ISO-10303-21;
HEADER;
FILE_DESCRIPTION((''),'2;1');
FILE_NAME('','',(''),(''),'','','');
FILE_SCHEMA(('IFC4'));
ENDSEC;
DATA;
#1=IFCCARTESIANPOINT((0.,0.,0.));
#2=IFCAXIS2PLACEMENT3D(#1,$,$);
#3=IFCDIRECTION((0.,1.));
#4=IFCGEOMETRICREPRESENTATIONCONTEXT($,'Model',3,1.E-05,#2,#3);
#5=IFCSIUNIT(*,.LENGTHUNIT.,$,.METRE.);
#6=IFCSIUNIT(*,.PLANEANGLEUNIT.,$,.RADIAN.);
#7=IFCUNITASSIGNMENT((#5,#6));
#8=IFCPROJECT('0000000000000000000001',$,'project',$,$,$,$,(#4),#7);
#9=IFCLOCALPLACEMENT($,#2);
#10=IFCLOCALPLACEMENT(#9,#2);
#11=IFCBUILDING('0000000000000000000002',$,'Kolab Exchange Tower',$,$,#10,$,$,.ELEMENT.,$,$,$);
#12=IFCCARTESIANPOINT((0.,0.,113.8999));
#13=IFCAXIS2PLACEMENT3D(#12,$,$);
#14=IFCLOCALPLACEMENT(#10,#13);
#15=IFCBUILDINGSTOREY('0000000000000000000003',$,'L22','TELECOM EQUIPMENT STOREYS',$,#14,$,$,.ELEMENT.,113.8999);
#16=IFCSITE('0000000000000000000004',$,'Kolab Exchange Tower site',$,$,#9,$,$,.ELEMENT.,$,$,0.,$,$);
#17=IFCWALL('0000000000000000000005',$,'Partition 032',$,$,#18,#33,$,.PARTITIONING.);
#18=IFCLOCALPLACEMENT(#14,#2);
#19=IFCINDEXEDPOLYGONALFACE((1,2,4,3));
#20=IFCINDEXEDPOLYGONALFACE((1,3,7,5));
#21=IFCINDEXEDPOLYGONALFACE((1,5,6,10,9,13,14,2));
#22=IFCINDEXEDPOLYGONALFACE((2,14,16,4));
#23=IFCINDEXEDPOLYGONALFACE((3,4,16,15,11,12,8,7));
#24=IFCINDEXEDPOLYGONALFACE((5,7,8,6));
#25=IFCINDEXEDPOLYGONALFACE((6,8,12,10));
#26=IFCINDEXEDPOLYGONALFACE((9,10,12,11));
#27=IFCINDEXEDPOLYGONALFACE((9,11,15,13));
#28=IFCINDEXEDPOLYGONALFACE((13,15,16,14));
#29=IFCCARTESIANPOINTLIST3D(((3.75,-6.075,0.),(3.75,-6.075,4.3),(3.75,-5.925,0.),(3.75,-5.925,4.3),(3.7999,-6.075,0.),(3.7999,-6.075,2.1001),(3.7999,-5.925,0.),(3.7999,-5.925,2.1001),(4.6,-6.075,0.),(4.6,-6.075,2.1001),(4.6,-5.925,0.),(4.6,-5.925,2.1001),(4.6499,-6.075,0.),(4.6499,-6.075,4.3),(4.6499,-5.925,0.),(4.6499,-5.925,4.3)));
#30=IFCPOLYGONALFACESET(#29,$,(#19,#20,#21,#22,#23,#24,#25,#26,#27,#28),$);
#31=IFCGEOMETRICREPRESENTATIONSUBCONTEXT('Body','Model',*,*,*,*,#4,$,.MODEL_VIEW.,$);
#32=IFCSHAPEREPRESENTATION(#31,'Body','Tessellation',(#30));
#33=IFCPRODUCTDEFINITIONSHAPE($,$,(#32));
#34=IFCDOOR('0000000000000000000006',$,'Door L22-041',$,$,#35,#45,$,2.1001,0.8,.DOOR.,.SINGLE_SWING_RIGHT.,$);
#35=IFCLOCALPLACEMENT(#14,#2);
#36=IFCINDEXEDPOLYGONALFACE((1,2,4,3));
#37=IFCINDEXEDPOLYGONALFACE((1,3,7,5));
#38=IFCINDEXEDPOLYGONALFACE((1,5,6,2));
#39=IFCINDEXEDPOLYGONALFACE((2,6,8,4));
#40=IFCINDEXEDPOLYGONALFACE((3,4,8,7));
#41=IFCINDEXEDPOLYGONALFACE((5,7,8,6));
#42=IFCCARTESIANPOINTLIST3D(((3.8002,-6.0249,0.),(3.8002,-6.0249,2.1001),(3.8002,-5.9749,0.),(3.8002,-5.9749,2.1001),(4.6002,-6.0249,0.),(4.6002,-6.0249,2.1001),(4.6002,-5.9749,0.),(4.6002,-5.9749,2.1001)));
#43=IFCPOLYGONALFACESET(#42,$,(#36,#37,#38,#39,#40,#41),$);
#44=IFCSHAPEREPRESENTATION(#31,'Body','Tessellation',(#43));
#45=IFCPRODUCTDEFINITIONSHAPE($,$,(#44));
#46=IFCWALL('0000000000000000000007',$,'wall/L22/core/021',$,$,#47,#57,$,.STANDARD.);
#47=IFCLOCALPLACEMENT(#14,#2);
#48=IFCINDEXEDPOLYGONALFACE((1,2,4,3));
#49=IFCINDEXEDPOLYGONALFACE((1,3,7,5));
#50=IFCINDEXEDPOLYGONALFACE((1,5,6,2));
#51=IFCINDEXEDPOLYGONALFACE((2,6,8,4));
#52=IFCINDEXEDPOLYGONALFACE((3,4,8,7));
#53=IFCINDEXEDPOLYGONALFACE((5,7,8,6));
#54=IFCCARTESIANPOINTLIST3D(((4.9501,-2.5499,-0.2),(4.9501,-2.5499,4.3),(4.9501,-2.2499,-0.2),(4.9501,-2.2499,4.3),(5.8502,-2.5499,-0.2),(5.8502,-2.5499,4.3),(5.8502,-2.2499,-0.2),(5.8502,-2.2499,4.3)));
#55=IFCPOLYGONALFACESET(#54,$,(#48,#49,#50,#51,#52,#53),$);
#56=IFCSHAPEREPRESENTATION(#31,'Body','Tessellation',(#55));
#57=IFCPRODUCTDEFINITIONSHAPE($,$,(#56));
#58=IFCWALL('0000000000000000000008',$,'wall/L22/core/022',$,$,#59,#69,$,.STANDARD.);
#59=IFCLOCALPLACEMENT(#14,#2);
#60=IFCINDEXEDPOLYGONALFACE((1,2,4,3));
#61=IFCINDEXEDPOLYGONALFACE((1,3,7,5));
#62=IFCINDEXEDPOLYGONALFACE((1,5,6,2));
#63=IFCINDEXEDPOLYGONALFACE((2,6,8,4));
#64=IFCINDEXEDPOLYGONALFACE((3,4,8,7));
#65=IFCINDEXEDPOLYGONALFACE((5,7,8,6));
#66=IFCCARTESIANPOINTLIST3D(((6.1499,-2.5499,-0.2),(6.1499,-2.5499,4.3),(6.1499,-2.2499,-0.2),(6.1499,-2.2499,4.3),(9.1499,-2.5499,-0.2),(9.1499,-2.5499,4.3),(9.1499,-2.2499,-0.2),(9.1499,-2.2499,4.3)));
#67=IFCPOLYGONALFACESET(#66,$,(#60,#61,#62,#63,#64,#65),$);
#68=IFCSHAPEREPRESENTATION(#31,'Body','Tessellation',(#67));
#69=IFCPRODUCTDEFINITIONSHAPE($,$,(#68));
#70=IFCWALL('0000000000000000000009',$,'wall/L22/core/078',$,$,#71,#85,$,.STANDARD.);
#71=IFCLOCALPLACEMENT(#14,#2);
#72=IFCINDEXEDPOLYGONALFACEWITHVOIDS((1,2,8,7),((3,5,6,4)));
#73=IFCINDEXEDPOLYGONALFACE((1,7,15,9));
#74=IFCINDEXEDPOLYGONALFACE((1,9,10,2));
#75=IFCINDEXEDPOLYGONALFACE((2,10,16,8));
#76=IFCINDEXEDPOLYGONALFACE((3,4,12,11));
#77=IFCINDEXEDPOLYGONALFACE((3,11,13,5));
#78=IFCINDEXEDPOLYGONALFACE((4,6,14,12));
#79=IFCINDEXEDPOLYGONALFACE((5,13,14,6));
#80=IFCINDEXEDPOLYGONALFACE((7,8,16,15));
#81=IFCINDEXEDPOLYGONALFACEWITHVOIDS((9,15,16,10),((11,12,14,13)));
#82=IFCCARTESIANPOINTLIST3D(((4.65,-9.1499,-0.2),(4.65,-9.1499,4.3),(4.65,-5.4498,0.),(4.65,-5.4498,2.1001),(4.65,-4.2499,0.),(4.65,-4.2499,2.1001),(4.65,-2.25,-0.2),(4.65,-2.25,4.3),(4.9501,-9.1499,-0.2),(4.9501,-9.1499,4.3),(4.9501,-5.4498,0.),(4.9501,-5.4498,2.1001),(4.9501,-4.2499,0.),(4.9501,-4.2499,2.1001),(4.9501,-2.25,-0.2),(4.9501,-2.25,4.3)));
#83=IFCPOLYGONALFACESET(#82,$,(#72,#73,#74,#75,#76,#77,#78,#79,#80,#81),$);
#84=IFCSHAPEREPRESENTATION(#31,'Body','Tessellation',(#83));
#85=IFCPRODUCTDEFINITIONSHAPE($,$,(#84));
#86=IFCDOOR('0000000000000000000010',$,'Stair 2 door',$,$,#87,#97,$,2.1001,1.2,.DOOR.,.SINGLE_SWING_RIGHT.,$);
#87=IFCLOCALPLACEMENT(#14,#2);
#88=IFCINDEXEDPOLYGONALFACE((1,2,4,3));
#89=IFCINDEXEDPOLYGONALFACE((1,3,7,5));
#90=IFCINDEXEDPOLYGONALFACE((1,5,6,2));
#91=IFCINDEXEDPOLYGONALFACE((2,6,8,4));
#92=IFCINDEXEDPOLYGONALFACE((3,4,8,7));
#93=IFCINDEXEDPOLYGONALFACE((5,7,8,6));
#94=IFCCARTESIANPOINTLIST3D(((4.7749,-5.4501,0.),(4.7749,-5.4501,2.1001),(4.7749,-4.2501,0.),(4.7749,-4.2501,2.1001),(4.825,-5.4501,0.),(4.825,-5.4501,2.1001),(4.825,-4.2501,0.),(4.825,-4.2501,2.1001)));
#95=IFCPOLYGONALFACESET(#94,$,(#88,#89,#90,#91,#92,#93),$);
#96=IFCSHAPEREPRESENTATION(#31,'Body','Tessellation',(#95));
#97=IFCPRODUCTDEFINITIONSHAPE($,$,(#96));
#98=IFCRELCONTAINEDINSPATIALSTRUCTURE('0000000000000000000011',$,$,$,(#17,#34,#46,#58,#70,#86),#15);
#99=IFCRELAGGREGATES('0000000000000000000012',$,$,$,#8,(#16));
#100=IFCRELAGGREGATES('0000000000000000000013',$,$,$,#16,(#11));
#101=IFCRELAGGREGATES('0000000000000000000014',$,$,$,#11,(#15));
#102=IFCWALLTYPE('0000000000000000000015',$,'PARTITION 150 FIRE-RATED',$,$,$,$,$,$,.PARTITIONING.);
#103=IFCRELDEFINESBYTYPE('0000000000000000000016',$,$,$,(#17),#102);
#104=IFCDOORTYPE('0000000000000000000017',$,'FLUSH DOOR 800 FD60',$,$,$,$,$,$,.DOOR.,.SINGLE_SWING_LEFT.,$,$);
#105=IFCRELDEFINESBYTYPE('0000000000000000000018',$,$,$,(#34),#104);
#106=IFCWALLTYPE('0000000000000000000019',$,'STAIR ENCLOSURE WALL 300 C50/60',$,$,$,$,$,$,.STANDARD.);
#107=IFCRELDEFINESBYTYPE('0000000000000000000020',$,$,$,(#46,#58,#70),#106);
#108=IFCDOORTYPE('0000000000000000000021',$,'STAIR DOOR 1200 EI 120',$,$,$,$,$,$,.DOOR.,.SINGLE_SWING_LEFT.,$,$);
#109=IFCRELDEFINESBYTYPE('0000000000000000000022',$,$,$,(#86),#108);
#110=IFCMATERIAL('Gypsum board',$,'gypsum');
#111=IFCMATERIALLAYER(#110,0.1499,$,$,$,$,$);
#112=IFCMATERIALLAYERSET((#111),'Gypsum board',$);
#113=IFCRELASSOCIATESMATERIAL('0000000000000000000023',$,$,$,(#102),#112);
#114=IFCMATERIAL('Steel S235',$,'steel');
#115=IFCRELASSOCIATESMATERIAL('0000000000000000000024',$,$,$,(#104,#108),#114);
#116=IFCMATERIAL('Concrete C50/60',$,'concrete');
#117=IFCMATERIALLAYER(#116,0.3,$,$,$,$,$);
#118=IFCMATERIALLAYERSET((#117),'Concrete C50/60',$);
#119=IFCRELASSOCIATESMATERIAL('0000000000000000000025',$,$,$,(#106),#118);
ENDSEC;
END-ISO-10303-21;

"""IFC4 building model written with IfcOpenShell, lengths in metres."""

from ifc_helpers import new_model, si_unit, direction, frame, frame_2d, origin, place, context, subcontext, project, spatial, rectangle, extrude, material, layer, layer_set, type_object, element, fill, save


model = new_model("IFC4")

# Units and contexts
model_context = context("Model", 3, precision=1e-05, world=origin(), true_north=direction((0.0, 1.0)))
body_context = subcontext(model_context, "Body", "Model", "MODEL_VIEW")
ifc_project = project(units=[si_unit("LENGTHUNIT", "METRE"), si_unit("PLANEANGLEUNIT", "RADIAN")], contexts=[model_context])

# Site, building, storey
site_placement = place(None, origin())
site = spatial("IfcSite", under=ifc_project, at=site_placement, Name="Kolab Exchange Tower site", CompositionType="ELEMENT", RefElevation=0.0)
building_placement = place(site_placement, origin())
building = spatial("IfcBuilding", under=site, at=building_placement, Name="Kolab Exchange Tower", CompositionType="ELEMENT")
storey_placement = place(building_placement, frame((0.0, 0.0, 113.8999)))
storey = spatial("IfcBuildingStorey", under=building, at=storey_placement, Name="L22", Description="TELECOM EQUIPMENT STOREYS", CompositionType="ELEMENT", Elevation=113.8999)

# Shared definitions
ifc_material_1 = material(Name="Concrete C50/60", Category="concrete")

# Shared definitions
ifc_material_2 = material(Name="Steel S235", Category="steel")

# Shared definitions
ifc_material_3 = material(Name="Gypsum board", Category="gypsum")

# Wall, opening, door
ifc_layer_1 = layer(ifc_material_3, 0.1499)
ifc_layer_set_1 = layer_set([ifc_layer_1], Name="Gypsum board")
wall_type_1 = type_object("IfcWallType", Name="PARTITION 150 FIRE-RATED", PredefinedType="PARTITIONING", material=ifc_layer_set_1)
wall_1_placement = place(storey_placement, frame((3.75, -6.0, 0.0), z_axis=(0.0, 0.0, 1.0), x_axis=(1.0, 0.0, 0.0)))
wall_1 = element("IfcWall", 1, at=wall_1_placement, inside=storey, type_object=wall_type_1, Name="Partition 032", PredefinedType="PARTITIONING", context=body_context, shape_type="SweptSolid", body=[
    extrude(rectangle(XDim=0.8999, YDim=0.1499, at=frame_2d((0.45, 0.0))), origin(), (0.0, 0.0, 1.0), 4.3),
])
opening_1_placement = place(wall_1_placement, frame((0.05, 0.0, 0.0)))
opening_1 = element("IfcOpeningElement", 2, at=opening_1_placement, cuts=wall_1, PredefinedType="OPENING", context=body_context, shape_type="SweptSolid", body=[
    extrude(rectangle(XDim=0.8, YDim=2.1001, at=frame_2d((0.3999, 1.05))), frame((0.0, 0.085, 0.0), z_axis=(0.0, -1.0, 0.0), x_axis=(1.0, 0.0, 0.0)), (0.0, 0.0, 1.0), 0.1699),
])
door_type_1 = type_object("IfcDoorType", Name="FLUSH DOOR 800 FD60", OperationType="SINGLE_SWING_LEFT", PredefinedType="DOOR", material=ifc_material_2)
door_1_placement = place(opening_1_placement, frame((0.8, 0.0, 0.0), z_axis=(0.0, 0.0, 1.0), x_axis=(-1.0, 0.0, 0.0)))
door_1 = element("IfcDoor", 3, at=door_1_placement, inside=storey, type_object=door_type_1, Name="Door L22-041", OperationType="SINGLE_SWING_RIGHT", OverallHeight=2.1001, OverallWidth=0.8, PredefinedType="DOOR", context=body_context, shape_type="SweptSolid", body=[
    extrude(rectangle(XDim=0.8, YDim=2.1001, at=frame_2d((0.3999, 1.05))), frame((0.0, 0.0249, 0.0), z_axis=(0.0, -1.0, 0.0), x_axis=(1.0, 0.0, 0.0)), (0.0, 0.0, 1.0), 0.05),
])
fill(opening_1, door_1)

# Walls
ifc_layer_2 = layer(ifc_material_1, 0.3)
ifc_layer_set_2 = layer_set([ifc_layer_2], Name="Concrete C50/60")
wall_type_2 = type_object("IfcWallType", Name="STAIR ENCLOSURE WALL 300 C50/60", PredefinedType="STANDARD", material=ifc_layer_set_2)
wall_2_placement = place(storey_placement, frame((4.95, -2.3999, -0.2), z_axis=(0.0, 0.0, 1.0), x_axis=(1.0, 0.0, 0.0)))
element("IfcWall", 4, at=wall_2_placement, inside=storey, type_object=wall_type_2, Name="wall/L22/core/021", PredefinedType="STANDARD", context=body_context, shape_type="SweptSolid", body=[
    extrude(rectangle(XDim=0.9001, YDim=0.3, at=frame_2d((0.4502, 0.0))), origin(), (0.0, 0.0, 1.0), 4.5),
])
wall_3_placement = place(storey_placement, frame((6.1499, -2.3999, -0.2), z_axis=(0.0, 0.0, 1.0), x_axis=(1.0, 0.0, 0.0)))
element("IfcWall", 5, at=wall_3_placement, inside=storey, type_object=wall_type_2, Name="wall/L22/core/022", PredefinedType="STANDARD", context=body_context, shape_type="SweptSolid", body=[
    extrude(rectangle(XDim=3.0, YDim=0.3, at=frame_2d((1.5, 0.0))), origin(), (0.0, 0.0, 1.0), 4.5),
])

# Wall, opening, door
wall_4_placement = place(storey_placement, frame((4.8, -9.1499, -0.2), z_axis=(0.0, 0.0, 1.0), x_axis=(0.0, 1.0, 0.0)))
wall_4 = element("IfcWall", 6, at=wall_4_placement, inside=storey, type_object=wall_type_2, Name="wall/L22/core/078", PredefinedType="STANDARD", context=body_context, shape_type="SweptSolid", body=[
    extrude(rectangle(XDim=6.8999, YDim=0.3, at=frame_2d((3.45, 0.0))), origin(), (0.0, 0.0, 1.0), 4.5),
])
opening_2_placement = place(wall_4_placement, frame((3.7, 0.0, 0.2)))
opening_2 = element("IfcOpeningElement", 7, at=opening_2_placement, cuts=wall_4, PredefinedType="OPENING", context=body_context, shape_type="SweptSolid", body=[
    extrude(rectangle(XDim=1.2, YDim=2.1001, at=frame_2d((0.6001, 1.05))), frame((0.0, 0.1602, 0.0), z_axis=(0.0, -1.0, 0.0), x_axis=(1.0, 0.0, 0.0)), (0.0, 0.0, 1.0), 0.3201),
])
door_type_2 = type_object("IfcDoorType", Name="STAIR DOOR 1200 EI 120", OperationType="SINGLE_SWING_LEFT", PredefinedType="DOOR", material=ifc_material_2)
door_2_placement = place(opening_2_placement, frame((1.2, 0.0, 0.0), z_axis=(0.0, 0.0, 1.0), x_axis=(-1.0, 0.0, 0.0)))
door_2 = element("IfcDoor", 8, at=door_2_placement, inside=storey, type_object=door_type_2, Name="Stair 2 door", OperationType="SINGLE_SWING_RIGHT", OverallHeight=2.1001, OverallWidth=1.2, PredefinedType="DOOR", context=body_context, shape_type="SweptSolid", body=[
    extrude(rectangle(XDim=1.2, YDim=2.1001, at=frame_2d((0.6001, 1.05))), frame((0.0, 0.0249, 0.0), z_axis=(0.0, -1.0, 0.0), x_axis=(1.0, 0.0, 0.0)), (0.0, 0.0, 1.0), 0.05),
])
fill(opening_2, door_2)

save(model, "model.ifc")
